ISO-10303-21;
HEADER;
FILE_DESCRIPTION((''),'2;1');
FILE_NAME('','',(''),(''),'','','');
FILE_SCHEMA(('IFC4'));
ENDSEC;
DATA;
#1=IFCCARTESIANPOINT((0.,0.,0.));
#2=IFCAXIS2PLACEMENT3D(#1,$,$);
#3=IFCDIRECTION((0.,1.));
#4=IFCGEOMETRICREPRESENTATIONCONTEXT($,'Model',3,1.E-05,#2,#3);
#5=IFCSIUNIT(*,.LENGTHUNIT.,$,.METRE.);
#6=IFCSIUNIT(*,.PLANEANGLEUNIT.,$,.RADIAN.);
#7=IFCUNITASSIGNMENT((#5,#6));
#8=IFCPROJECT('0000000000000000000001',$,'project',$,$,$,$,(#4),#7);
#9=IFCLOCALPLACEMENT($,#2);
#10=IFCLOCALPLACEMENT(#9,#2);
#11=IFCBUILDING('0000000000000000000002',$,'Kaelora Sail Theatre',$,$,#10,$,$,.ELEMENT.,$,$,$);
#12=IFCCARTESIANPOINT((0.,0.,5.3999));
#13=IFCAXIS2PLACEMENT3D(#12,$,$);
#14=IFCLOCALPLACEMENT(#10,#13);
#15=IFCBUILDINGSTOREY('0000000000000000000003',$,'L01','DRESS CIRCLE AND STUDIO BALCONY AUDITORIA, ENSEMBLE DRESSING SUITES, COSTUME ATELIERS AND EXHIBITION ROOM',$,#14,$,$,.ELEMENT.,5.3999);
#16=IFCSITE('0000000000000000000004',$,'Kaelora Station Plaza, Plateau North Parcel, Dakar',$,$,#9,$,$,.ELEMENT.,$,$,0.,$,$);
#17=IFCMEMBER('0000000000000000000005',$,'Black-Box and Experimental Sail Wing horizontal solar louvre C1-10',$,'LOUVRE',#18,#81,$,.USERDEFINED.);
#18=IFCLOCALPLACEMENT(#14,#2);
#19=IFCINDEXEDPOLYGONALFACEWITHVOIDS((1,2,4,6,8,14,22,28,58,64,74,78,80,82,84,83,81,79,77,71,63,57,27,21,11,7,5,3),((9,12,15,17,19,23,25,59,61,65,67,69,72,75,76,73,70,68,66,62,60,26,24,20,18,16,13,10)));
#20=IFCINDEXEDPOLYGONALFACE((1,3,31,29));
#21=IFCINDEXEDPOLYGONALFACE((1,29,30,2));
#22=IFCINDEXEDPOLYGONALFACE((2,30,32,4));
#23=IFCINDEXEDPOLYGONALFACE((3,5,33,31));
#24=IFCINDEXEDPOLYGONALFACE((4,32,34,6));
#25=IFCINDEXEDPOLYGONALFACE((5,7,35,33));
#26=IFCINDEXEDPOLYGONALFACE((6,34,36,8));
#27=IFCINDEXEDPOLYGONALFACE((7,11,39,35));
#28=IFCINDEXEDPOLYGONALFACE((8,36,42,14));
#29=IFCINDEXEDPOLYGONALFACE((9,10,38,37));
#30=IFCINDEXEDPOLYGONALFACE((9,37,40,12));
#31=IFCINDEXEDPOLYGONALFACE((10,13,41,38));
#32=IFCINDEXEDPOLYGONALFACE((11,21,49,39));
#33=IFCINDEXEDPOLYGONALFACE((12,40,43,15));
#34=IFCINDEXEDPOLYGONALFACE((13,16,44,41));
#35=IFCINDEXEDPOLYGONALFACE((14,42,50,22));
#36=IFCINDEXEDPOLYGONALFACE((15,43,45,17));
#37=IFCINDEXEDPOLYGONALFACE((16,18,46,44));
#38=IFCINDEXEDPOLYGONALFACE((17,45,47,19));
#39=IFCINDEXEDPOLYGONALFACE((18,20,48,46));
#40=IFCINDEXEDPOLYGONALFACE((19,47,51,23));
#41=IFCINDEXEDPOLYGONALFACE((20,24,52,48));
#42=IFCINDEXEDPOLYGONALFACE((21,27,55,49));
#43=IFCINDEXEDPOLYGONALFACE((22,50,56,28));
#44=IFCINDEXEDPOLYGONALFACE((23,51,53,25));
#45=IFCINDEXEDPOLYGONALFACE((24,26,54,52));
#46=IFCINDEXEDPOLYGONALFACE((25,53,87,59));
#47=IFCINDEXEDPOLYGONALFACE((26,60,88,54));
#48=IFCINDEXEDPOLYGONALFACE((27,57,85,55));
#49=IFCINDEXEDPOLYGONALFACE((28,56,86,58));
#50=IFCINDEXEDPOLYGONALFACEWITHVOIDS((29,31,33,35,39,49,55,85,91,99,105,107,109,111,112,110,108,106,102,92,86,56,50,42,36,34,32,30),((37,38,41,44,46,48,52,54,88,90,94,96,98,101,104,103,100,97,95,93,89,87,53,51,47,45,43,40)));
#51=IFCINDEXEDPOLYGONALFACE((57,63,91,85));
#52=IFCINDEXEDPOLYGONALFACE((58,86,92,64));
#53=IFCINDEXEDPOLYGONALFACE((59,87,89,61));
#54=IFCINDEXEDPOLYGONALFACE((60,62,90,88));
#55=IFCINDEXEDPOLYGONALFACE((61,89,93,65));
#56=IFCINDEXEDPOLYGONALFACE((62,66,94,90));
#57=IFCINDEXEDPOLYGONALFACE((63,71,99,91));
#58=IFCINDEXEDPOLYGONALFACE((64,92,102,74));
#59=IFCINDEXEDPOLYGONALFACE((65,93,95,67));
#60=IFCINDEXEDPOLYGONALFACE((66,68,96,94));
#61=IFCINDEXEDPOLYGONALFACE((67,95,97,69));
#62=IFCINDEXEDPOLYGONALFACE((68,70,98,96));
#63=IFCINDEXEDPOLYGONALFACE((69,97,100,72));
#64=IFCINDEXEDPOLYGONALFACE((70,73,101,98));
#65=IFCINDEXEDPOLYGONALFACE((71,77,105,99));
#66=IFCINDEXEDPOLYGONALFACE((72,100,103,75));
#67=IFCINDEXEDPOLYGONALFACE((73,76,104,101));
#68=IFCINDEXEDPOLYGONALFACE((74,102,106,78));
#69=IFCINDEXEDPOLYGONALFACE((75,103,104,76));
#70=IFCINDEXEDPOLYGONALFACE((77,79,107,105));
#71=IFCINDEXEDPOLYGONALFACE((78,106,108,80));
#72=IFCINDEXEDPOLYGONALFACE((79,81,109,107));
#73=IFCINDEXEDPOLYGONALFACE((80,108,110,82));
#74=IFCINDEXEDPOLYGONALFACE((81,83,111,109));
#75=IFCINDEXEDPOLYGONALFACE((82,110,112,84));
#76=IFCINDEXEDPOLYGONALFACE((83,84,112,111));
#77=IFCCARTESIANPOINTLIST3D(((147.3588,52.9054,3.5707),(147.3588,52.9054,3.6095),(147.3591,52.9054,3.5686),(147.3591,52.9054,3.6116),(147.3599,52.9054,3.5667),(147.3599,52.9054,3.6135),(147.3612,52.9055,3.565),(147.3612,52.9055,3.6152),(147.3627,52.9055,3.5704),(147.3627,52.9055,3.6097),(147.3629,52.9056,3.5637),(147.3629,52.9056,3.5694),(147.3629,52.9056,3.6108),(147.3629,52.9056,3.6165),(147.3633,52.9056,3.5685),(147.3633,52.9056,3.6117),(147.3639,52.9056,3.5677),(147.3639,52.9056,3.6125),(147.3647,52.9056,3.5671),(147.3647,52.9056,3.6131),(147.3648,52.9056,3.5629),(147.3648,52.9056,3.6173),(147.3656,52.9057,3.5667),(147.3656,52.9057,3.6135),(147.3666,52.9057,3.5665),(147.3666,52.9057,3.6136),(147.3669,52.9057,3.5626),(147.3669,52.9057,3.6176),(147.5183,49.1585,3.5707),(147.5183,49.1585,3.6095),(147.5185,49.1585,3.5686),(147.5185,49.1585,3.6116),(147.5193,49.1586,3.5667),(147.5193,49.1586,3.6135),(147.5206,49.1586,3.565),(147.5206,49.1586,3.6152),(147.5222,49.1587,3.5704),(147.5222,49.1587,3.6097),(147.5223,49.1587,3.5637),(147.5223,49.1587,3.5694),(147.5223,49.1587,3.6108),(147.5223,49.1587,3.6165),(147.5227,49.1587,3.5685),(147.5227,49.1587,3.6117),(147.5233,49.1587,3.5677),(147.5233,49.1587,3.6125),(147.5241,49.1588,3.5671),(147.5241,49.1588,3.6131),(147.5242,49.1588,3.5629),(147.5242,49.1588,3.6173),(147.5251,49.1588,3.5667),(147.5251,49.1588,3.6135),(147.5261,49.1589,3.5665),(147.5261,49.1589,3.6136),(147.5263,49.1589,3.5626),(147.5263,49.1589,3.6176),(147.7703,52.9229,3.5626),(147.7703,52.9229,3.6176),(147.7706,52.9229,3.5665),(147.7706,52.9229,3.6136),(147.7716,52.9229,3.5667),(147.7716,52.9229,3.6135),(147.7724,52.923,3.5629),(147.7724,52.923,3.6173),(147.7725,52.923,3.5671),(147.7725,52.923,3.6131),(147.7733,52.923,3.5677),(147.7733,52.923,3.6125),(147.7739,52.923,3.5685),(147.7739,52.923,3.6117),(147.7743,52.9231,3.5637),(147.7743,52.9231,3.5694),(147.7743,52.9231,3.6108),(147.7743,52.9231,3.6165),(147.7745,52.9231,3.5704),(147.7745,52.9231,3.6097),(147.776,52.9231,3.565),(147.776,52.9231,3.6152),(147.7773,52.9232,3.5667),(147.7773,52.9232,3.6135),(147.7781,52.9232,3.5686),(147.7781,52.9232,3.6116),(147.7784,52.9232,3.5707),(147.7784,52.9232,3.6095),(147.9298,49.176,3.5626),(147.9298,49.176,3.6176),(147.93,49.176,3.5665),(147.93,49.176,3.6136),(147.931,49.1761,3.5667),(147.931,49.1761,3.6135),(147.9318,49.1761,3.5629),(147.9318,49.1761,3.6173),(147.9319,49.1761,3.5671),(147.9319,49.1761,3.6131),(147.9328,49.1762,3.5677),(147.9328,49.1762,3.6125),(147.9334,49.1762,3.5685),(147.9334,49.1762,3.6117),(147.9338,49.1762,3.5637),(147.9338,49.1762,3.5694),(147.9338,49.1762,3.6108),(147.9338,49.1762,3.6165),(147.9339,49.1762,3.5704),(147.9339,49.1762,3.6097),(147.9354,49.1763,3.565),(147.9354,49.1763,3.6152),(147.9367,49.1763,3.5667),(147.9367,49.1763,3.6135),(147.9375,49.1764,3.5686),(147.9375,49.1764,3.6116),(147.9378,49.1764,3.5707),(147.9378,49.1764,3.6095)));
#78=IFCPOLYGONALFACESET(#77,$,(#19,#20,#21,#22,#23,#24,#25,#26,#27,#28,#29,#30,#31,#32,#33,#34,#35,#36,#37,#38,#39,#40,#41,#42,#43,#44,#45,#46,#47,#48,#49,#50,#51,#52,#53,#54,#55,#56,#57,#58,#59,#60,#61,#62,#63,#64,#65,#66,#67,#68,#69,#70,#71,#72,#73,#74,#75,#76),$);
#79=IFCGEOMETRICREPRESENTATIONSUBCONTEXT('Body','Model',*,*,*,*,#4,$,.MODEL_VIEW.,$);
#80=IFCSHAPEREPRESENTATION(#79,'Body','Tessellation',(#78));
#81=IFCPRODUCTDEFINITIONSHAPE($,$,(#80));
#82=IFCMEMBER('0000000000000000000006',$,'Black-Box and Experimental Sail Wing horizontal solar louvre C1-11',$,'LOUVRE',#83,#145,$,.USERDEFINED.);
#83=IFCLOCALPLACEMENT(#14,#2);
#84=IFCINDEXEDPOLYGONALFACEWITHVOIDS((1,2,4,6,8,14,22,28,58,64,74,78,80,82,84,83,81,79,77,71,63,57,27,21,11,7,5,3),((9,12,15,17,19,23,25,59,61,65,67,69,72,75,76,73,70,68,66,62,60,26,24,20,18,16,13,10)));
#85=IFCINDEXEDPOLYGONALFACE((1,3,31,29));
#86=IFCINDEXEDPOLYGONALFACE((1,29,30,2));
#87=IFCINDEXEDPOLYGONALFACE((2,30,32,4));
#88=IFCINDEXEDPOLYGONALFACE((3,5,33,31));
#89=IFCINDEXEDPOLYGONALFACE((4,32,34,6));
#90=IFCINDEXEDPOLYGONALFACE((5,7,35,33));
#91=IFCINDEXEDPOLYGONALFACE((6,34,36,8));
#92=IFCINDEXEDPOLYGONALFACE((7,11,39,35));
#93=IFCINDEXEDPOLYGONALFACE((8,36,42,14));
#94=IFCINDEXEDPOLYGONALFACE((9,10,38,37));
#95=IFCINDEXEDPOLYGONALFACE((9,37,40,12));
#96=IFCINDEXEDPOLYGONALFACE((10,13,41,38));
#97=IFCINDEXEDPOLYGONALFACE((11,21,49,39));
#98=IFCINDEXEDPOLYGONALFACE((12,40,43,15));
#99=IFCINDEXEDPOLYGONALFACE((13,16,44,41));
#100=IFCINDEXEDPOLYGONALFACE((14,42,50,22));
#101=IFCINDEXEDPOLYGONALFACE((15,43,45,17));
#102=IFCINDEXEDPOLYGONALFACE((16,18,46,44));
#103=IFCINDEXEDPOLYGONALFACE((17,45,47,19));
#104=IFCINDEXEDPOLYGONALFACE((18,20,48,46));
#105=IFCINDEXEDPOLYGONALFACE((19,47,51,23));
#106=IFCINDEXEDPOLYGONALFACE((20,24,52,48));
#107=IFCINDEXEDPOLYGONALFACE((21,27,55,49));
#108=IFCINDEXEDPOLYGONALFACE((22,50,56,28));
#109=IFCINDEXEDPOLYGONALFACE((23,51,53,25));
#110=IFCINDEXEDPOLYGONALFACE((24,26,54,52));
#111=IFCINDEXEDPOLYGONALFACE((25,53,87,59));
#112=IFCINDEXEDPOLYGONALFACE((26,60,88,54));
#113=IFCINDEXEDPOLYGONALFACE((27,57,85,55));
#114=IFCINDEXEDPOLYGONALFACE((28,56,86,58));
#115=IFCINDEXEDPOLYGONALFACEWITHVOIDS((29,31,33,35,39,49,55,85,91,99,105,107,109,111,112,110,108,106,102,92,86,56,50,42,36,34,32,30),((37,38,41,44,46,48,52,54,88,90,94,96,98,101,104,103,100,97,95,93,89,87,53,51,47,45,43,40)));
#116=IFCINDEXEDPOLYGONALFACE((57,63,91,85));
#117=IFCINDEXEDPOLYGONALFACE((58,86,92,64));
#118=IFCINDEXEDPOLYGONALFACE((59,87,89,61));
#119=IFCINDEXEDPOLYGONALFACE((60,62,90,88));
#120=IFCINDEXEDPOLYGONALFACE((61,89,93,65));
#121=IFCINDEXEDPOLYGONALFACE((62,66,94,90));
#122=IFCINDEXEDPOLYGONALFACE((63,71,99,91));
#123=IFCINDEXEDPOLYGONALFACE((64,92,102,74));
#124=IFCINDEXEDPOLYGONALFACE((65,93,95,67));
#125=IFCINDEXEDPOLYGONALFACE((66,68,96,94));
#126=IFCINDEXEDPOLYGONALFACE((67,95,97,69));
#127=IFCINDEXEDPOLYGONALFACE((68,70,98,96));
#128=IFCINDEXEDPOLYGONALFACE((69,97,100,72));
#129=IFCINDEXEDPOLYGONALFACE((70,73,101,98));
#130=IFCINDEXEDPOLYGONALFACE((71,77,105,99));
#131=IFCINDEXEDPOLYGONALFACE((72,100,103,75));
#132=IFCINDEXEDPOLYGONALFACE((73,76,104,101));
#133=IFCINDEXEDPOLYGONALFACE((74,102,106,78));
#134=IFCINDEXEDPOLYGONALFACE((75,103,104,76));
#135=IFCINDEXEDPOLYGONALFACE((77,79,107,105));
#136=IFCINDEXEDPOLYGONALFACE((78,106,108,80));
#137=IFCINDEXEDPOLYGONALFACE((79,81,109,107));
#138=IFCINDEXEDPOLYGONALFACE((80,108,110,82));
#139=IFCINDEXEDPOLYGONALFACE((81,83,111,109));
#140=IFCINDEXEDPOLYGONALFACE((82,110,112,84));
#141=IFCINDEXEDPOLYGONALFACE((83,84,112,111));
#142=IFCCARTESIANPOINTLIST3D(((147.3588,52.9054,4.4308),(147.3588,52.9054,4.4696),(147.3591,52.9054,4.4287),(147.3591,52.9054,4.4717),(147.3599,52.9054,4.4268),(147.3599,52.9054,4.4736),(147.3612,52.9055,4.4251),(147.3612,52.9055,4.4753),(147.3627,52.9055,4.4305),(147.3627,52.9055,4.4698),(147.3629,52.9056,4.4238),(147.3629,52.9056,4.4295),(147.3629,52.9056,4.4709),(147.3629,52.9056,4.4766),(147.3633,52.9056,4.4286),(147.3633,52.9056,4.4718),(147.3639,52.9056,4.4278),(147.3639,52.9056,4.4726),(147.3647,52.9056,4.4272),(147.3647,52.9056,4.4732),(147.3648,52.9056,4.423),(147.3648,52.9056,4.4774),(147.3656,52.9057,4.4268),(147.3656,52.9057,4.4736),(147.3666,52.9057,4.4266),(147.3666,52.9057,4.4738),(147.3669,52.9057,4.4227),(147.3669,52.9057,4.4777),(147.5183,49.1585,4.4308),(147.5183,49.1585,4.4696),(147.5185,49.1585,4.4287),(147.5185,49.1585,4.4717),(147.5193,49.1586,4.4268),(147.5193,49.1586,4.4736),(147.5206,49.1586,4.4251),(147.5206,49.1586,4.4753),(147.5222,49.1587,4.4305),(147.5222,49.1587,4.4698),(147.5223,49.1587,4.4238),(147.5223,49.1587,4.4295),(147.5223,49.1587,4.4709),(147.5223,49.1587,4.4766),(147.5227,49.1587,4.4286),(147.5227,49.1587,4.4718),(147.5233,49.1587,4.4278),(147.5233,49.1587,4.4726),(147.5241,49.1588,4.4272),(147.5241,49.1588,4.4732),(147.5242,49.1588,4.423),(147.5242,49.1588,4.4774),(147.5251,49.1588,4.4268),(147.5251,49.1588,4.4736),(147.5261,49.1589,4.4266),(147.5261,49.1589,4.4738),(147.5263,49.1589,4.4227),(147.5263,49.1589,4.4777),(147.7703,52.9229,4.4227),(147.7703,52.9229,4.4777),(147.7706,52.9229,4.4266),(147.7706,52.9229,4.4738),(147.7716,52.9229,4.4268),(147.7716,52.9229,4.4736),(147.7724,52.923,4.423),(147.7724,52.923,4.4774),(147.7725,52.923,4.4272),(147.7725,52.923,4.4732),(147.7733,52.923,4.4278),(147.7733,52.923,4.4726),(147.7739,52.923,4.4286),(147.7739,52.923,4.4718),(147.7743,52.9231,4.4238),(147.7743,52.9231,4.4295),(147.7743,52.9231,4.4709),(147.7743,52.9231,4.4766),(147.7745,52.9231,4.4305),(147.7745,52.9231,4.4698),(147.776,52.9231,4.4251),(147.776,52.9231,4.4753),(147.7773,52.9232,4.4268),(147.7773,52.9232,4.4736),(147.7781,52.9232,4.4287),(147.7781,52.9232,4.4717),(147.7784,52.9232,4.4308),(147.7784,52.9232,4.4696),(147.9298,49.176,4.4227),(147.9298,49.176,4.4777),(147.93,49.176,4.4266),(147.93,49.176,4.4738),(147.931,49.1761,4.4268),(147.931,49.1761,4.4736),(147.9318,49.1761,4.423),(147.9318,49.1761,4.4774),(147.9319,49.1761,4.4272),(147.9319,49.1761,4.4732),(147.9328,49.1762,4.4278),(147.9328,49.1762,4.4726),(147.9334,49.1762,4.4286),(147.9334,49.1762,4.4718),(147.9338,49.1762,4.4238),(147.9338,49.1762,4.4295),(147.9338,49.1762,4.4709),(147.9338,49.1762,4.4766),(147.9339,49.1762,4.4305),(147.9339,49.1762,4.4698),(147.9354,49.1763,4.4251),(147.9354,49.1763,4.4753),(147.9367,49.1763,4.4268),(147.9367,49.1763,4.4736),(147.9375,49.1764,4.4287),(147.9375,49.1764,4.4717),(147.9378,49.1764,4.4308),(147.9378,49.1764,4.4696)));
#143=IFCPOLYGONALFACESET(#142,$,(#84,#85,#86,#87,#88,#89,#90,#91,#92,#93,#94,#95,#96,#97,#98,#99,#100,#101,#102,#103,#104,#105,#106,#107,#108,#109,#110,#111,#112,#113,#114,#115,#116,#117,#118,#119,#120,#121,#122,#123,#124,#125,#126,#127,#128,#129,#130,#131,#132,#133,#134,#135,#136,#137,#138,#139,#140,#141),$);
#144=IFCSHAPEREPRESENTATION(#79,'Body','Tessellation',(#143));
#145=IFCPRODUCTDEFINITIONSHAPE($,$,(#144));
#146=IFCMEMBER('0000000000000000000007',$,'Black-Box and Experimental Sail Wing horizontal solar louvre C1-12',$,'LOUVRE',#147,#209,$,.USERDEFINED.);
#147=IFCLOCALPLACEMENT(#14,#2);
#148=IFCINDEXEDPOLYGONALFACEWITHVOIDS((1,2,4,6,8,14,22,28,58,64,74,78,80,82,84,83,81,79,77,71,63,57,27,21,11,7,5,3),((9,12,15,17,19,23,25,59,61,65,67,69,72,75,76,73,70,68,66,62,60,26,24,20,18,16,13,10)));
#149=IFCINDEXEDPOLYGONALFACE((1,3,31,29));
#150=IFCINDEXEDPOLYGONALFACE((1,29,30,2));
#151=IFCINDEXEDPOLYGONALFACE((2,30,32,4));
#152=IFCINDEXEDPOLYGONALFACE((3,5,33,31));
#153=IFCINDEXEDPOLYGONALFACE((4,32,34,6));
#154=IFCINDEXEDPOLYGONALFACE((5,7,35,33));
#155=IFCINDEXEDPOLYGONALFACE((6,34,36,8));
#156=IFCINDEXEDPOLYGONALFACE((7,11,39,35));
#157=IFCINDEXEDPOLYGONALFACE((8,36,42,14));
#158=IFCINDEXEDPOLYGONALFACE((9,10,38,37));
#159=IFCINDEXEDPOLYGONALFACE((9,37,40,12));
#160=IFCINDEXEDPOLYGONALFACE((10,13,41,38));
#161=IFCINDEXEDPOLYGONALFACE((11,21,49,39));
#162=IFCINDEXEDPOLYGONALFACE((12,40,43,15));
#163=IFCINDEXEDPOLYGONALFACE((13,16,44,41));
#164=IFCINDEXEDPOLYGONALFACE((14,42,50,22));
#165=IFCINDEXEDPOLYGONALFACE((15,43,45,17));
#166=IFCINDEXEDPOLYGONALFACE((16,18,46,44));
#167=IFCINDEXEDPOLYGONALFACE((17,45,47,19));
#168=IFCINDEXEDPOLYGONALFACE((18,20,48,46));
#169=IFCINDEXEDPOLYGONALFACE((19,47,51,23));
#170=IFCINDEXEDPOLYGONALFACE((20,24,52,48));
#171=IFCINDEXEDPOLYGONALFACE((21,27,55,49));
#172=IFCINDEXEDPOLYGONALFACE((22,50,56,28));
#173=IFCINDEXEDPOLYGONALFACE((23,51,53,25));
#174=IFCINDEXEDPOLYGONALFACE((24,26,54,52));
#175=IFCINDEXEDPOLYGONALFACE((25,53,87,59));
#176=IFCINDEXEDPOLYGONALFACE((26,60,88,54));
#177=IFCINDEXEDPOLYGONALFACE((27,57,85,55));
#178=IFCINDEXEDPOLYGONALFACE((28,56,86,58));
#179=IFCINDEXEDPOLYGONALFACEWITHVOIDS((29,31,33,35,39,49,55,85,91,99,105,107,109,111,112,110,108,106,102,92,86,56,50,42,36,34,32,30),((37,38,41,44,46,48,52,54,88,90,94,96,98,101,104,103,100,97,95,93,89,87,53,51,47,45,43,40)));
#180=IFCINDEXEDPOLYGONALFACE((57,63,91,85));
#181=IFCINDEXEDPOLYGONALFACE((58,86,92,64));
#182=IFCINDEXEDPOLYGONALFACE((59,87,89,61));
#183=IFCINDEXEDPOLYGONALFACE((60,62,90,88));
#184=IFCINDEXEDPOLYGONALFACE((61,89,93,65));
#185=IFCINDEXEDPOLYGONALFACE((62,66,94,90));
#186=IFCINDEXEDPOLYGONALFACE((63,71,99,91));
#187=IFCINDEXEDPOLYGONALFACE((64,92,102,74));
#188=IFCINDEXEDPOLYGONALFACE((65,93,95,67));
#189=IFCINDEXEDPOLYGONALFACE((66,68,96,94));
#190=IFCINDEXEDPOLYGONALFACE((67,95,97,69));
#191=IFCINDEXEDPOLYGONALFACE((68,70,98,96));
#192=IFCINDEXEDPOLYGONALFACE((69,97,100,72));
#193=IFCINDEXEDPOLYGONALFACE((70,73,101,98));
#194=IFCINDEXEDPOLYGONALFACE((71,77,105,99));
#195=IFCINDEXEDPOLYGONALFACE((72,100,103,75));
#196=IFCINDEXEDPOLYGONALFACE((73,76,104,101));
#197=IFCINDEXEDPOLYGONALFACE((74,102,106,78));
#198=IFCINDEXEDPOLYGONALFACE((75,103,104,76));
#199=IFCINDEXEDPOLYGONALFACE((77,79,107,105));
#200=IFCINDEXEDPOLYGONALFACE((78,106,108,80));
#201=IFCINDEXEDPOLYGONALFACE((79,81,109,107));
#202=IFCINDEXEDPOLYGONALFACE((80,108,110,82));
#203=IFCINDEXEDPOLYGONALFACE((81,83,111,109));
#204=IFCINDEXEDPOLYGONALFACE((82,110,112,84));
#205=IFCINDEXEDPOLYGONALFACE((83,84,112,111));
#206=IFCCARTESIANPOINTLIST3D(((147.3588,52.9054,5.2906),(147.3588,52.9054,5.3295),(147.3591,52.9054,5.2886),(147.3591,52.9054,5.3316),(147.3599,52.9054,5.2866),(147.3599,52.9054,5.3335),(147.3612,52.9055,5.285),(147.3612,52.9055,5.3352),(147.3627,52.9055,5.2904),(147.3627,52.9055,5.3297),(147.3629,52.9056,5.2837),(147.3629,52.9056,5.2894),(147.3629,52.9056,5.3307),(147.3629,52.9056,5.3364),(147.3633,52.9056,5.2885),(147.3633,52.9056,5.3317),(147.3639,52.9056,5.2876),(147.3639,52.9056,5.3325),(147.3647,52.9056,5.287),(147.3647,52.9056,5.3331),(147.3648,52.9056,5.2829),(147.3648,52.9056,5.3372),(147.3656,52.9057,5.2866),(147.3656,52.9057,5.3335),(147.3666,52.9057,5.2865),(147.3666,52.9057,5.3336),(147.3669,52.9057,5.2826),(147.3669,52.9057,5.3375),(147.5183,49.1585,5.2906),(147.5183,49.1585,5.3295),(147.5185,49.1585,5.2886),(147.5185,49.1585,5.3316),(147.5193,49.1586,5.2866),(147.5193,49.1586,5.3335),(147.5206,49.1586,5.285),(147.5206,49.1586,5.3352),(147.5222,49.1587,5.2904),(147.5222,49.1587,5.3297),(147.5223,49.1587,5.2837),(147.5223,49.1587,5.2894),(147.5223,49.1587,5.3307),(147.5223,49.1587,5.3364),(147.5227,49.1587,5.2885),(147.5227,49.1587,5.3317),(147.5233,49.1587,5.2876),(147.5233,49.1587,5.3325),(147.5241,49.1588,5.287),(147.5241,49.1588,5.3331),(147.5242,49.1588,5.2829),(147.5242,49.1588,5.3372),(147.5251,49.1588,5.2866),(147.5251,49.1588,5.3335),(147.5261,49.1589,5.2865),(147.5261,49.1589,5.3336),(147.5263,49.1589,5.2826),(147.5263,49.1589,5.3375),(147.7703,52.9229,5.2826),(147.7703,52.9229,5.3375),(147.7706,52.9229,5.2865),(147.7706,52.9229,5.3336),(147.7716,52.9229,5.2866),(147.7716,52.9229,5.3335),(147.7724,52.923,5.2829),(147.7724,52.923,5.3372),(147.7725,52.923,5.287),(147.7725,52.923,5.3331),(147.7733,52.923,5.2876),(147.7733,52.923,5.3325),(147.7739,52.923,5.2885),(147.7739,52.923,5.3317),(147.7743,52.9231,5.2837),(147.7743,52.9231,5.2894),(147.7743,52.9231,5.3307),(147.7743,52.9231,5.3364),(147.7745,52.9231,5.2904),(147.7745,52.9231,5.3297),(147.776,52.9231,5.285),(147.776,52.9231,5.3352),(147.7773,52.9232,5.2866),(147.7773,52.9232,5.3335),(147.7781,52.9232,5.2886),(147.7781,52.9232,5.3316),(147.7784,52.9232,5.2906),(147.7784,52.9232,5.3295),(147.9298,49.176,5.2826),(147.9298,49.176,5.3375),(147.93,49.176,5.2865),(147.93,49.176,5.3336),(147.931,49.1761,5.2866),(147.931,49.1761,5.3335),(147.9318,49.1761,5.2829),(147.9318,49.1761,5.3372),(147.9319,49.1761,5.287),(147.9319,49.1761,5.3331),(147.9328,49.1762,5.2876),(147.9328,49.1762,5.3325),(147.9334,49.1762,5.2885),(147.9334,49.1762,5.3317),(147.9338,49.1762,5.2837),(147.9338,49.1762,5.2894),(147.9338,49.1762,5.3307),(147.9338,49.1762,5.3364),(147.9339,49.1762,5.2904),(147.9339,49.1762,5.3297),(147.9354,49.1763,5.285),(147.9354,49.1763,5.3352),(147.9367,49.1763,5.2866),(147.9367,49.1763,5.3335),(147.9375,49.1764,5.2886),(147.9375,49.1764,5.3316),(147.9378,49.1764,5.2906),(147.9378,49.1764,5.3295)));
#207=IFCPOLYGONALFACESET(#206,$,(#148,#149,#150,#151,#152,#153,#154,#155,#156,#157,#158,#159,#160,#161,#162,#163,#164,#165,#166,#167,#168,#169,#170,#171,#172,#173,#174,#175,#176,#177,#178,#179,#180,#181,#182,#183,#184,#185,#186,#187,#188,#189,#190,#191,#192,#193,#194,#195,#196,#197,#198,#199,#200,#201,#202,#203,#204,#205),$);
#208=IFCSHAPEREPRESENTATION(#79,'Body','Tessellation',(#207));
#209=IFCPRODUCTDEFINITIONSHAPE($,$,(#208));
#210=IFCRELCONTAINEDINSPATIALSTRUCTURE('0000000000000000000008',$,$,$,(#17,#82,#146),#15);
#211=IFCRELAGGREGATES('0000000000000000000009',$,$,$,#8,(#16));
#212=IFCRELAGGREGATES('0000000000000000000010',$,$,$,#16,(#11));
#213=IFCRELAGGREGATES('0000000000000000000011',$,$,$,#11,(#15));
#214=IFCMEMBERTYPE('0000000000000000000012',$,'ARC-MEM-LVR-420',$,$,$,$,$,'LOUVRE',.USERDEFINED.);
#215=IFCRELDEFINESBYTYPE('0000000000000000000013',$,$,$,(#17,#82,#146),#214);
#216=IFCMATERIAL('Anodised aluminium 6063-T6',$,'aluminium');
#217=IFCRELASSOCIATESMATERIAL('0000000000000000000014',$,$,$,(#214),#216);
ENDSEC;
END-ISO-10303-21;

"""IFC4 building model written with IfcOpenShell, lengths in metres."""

from ifc_helpers import new_model, si_unit, direction, frame, origin, origin_2d, place, context, subcontext, project, spatial, hollow_rectangle, extrude, material, material_profile, profile_set, type_object, element, save


model = new_model("IFC4")

# Units and contexts
model_context = context("Model", 3, precision=1e-05, world=origin(), true_north=direction((0.0, 1.0)))
body_context = subcontext(model_context, "Body", "Model", "MODEL_VIEW")
ifc_project = project(units=[si_unit("LENGTHUNIT", "METRE"), si_unit("PLANEANGLEUNIT", "RADIAN")], contexts=[model_context])

# Site, building, storey
site_placement = place(None, origin())
site = spatial("IfcSite", under=ifc_project, at=site_placement, Name="Kaelora Station Plaza, Plateau North Parcel, Dakar", CompositionType="ELEMENT", RefElevation=0.0)
building_placement = place(site_placement, origin())
building = spatial("IfcBuilding", under=site, at=building_placement, Name="Kaelora Sail Theatre", CompositionType="ELEMENT")
storey_placement = place(building_placement, frame((0.0, 0.0, 5.3999)))
storey = spatial("IfcBuildingStorey", under=building, at=storey_placement, Name="L01", Description="DRESS CIRCLE AND STUDIO BALCONY AUDITORIA, ENSEMBLE DRESSING SUITES, COSTUME ATELIERS AND EXHIBITION ROOM", CompositionType="ELEMENT", Elevation=5.3999)

# Members
ifc_material_1 = material(Name="Anodised aluminium 6063-T6", Category="aluminium")
ifc_material_profile_1 = material_profile(ifc_material_1, hollow_rectangle(XDim=0.4199, YDim=0.0549, WallThickness=0.0039, InnerFilletRadius=0.0039, OuterFilletRadius=0.0081, at=origin_2d()), Name="LOUVRE 420x55x4")
ifc_profile_set_1 = profile_set([ifc_material_profile_1], Name="Anodised aluminium 6063-T6")
member_type = type_object("IfcMemberType", Name="ARC-MEM-LVR-420", ElementType="LOUVRE", PredefinedType="USERDEFINED", material=ifc_profile_set_1)
for number, where, z_axis, x_axis, name in (
    (1, (147.5686, 52.9143, 3.5901), (0.042511, -0.999096, 0.0), (0.999096, 0.042511, 0.0), "Black-Box and Experimental Sail Wing horizontal solar louvre C1-10"),
    (2, (147.5686, 52.9143, 4.4502), (0.042511, -0.999096, 0.0), (0.999096, 0.042511, 0.0), "Black-Box and Experimental Sail Wing horizontal solar louvre C1-11"),
    (3, (147.5686, 52.9143, 5.3101), (0.042511, -0.999096, 0.0), (0.999096, 0.042511, 0.0), "Black-Box and Experimental Sail Wing horizontal solar louvre C1-12"),
):
    element("IfcMember", number, at=place(storey_placement, frame(where, z_axis=z_axis, x_axis=x_axis)), inside=storey, type_object=member_type, Name=name, ObjectType="LOUVRE", PredefinedType="USERDEFINED", context=body_context, shape_type="SweptSolid", body=[
        extrude(hollow_rectangle(XDim=0.4199, YDim=0.0549, WallThickness=0.0039, InnerFilletRadius=0.0039, OuterFilletRadius=0.0081, at=origin_2d()), origin(), (0.0, 0.0, 1.0), 3.7502),
    ])

save(model, "model.ifc")
